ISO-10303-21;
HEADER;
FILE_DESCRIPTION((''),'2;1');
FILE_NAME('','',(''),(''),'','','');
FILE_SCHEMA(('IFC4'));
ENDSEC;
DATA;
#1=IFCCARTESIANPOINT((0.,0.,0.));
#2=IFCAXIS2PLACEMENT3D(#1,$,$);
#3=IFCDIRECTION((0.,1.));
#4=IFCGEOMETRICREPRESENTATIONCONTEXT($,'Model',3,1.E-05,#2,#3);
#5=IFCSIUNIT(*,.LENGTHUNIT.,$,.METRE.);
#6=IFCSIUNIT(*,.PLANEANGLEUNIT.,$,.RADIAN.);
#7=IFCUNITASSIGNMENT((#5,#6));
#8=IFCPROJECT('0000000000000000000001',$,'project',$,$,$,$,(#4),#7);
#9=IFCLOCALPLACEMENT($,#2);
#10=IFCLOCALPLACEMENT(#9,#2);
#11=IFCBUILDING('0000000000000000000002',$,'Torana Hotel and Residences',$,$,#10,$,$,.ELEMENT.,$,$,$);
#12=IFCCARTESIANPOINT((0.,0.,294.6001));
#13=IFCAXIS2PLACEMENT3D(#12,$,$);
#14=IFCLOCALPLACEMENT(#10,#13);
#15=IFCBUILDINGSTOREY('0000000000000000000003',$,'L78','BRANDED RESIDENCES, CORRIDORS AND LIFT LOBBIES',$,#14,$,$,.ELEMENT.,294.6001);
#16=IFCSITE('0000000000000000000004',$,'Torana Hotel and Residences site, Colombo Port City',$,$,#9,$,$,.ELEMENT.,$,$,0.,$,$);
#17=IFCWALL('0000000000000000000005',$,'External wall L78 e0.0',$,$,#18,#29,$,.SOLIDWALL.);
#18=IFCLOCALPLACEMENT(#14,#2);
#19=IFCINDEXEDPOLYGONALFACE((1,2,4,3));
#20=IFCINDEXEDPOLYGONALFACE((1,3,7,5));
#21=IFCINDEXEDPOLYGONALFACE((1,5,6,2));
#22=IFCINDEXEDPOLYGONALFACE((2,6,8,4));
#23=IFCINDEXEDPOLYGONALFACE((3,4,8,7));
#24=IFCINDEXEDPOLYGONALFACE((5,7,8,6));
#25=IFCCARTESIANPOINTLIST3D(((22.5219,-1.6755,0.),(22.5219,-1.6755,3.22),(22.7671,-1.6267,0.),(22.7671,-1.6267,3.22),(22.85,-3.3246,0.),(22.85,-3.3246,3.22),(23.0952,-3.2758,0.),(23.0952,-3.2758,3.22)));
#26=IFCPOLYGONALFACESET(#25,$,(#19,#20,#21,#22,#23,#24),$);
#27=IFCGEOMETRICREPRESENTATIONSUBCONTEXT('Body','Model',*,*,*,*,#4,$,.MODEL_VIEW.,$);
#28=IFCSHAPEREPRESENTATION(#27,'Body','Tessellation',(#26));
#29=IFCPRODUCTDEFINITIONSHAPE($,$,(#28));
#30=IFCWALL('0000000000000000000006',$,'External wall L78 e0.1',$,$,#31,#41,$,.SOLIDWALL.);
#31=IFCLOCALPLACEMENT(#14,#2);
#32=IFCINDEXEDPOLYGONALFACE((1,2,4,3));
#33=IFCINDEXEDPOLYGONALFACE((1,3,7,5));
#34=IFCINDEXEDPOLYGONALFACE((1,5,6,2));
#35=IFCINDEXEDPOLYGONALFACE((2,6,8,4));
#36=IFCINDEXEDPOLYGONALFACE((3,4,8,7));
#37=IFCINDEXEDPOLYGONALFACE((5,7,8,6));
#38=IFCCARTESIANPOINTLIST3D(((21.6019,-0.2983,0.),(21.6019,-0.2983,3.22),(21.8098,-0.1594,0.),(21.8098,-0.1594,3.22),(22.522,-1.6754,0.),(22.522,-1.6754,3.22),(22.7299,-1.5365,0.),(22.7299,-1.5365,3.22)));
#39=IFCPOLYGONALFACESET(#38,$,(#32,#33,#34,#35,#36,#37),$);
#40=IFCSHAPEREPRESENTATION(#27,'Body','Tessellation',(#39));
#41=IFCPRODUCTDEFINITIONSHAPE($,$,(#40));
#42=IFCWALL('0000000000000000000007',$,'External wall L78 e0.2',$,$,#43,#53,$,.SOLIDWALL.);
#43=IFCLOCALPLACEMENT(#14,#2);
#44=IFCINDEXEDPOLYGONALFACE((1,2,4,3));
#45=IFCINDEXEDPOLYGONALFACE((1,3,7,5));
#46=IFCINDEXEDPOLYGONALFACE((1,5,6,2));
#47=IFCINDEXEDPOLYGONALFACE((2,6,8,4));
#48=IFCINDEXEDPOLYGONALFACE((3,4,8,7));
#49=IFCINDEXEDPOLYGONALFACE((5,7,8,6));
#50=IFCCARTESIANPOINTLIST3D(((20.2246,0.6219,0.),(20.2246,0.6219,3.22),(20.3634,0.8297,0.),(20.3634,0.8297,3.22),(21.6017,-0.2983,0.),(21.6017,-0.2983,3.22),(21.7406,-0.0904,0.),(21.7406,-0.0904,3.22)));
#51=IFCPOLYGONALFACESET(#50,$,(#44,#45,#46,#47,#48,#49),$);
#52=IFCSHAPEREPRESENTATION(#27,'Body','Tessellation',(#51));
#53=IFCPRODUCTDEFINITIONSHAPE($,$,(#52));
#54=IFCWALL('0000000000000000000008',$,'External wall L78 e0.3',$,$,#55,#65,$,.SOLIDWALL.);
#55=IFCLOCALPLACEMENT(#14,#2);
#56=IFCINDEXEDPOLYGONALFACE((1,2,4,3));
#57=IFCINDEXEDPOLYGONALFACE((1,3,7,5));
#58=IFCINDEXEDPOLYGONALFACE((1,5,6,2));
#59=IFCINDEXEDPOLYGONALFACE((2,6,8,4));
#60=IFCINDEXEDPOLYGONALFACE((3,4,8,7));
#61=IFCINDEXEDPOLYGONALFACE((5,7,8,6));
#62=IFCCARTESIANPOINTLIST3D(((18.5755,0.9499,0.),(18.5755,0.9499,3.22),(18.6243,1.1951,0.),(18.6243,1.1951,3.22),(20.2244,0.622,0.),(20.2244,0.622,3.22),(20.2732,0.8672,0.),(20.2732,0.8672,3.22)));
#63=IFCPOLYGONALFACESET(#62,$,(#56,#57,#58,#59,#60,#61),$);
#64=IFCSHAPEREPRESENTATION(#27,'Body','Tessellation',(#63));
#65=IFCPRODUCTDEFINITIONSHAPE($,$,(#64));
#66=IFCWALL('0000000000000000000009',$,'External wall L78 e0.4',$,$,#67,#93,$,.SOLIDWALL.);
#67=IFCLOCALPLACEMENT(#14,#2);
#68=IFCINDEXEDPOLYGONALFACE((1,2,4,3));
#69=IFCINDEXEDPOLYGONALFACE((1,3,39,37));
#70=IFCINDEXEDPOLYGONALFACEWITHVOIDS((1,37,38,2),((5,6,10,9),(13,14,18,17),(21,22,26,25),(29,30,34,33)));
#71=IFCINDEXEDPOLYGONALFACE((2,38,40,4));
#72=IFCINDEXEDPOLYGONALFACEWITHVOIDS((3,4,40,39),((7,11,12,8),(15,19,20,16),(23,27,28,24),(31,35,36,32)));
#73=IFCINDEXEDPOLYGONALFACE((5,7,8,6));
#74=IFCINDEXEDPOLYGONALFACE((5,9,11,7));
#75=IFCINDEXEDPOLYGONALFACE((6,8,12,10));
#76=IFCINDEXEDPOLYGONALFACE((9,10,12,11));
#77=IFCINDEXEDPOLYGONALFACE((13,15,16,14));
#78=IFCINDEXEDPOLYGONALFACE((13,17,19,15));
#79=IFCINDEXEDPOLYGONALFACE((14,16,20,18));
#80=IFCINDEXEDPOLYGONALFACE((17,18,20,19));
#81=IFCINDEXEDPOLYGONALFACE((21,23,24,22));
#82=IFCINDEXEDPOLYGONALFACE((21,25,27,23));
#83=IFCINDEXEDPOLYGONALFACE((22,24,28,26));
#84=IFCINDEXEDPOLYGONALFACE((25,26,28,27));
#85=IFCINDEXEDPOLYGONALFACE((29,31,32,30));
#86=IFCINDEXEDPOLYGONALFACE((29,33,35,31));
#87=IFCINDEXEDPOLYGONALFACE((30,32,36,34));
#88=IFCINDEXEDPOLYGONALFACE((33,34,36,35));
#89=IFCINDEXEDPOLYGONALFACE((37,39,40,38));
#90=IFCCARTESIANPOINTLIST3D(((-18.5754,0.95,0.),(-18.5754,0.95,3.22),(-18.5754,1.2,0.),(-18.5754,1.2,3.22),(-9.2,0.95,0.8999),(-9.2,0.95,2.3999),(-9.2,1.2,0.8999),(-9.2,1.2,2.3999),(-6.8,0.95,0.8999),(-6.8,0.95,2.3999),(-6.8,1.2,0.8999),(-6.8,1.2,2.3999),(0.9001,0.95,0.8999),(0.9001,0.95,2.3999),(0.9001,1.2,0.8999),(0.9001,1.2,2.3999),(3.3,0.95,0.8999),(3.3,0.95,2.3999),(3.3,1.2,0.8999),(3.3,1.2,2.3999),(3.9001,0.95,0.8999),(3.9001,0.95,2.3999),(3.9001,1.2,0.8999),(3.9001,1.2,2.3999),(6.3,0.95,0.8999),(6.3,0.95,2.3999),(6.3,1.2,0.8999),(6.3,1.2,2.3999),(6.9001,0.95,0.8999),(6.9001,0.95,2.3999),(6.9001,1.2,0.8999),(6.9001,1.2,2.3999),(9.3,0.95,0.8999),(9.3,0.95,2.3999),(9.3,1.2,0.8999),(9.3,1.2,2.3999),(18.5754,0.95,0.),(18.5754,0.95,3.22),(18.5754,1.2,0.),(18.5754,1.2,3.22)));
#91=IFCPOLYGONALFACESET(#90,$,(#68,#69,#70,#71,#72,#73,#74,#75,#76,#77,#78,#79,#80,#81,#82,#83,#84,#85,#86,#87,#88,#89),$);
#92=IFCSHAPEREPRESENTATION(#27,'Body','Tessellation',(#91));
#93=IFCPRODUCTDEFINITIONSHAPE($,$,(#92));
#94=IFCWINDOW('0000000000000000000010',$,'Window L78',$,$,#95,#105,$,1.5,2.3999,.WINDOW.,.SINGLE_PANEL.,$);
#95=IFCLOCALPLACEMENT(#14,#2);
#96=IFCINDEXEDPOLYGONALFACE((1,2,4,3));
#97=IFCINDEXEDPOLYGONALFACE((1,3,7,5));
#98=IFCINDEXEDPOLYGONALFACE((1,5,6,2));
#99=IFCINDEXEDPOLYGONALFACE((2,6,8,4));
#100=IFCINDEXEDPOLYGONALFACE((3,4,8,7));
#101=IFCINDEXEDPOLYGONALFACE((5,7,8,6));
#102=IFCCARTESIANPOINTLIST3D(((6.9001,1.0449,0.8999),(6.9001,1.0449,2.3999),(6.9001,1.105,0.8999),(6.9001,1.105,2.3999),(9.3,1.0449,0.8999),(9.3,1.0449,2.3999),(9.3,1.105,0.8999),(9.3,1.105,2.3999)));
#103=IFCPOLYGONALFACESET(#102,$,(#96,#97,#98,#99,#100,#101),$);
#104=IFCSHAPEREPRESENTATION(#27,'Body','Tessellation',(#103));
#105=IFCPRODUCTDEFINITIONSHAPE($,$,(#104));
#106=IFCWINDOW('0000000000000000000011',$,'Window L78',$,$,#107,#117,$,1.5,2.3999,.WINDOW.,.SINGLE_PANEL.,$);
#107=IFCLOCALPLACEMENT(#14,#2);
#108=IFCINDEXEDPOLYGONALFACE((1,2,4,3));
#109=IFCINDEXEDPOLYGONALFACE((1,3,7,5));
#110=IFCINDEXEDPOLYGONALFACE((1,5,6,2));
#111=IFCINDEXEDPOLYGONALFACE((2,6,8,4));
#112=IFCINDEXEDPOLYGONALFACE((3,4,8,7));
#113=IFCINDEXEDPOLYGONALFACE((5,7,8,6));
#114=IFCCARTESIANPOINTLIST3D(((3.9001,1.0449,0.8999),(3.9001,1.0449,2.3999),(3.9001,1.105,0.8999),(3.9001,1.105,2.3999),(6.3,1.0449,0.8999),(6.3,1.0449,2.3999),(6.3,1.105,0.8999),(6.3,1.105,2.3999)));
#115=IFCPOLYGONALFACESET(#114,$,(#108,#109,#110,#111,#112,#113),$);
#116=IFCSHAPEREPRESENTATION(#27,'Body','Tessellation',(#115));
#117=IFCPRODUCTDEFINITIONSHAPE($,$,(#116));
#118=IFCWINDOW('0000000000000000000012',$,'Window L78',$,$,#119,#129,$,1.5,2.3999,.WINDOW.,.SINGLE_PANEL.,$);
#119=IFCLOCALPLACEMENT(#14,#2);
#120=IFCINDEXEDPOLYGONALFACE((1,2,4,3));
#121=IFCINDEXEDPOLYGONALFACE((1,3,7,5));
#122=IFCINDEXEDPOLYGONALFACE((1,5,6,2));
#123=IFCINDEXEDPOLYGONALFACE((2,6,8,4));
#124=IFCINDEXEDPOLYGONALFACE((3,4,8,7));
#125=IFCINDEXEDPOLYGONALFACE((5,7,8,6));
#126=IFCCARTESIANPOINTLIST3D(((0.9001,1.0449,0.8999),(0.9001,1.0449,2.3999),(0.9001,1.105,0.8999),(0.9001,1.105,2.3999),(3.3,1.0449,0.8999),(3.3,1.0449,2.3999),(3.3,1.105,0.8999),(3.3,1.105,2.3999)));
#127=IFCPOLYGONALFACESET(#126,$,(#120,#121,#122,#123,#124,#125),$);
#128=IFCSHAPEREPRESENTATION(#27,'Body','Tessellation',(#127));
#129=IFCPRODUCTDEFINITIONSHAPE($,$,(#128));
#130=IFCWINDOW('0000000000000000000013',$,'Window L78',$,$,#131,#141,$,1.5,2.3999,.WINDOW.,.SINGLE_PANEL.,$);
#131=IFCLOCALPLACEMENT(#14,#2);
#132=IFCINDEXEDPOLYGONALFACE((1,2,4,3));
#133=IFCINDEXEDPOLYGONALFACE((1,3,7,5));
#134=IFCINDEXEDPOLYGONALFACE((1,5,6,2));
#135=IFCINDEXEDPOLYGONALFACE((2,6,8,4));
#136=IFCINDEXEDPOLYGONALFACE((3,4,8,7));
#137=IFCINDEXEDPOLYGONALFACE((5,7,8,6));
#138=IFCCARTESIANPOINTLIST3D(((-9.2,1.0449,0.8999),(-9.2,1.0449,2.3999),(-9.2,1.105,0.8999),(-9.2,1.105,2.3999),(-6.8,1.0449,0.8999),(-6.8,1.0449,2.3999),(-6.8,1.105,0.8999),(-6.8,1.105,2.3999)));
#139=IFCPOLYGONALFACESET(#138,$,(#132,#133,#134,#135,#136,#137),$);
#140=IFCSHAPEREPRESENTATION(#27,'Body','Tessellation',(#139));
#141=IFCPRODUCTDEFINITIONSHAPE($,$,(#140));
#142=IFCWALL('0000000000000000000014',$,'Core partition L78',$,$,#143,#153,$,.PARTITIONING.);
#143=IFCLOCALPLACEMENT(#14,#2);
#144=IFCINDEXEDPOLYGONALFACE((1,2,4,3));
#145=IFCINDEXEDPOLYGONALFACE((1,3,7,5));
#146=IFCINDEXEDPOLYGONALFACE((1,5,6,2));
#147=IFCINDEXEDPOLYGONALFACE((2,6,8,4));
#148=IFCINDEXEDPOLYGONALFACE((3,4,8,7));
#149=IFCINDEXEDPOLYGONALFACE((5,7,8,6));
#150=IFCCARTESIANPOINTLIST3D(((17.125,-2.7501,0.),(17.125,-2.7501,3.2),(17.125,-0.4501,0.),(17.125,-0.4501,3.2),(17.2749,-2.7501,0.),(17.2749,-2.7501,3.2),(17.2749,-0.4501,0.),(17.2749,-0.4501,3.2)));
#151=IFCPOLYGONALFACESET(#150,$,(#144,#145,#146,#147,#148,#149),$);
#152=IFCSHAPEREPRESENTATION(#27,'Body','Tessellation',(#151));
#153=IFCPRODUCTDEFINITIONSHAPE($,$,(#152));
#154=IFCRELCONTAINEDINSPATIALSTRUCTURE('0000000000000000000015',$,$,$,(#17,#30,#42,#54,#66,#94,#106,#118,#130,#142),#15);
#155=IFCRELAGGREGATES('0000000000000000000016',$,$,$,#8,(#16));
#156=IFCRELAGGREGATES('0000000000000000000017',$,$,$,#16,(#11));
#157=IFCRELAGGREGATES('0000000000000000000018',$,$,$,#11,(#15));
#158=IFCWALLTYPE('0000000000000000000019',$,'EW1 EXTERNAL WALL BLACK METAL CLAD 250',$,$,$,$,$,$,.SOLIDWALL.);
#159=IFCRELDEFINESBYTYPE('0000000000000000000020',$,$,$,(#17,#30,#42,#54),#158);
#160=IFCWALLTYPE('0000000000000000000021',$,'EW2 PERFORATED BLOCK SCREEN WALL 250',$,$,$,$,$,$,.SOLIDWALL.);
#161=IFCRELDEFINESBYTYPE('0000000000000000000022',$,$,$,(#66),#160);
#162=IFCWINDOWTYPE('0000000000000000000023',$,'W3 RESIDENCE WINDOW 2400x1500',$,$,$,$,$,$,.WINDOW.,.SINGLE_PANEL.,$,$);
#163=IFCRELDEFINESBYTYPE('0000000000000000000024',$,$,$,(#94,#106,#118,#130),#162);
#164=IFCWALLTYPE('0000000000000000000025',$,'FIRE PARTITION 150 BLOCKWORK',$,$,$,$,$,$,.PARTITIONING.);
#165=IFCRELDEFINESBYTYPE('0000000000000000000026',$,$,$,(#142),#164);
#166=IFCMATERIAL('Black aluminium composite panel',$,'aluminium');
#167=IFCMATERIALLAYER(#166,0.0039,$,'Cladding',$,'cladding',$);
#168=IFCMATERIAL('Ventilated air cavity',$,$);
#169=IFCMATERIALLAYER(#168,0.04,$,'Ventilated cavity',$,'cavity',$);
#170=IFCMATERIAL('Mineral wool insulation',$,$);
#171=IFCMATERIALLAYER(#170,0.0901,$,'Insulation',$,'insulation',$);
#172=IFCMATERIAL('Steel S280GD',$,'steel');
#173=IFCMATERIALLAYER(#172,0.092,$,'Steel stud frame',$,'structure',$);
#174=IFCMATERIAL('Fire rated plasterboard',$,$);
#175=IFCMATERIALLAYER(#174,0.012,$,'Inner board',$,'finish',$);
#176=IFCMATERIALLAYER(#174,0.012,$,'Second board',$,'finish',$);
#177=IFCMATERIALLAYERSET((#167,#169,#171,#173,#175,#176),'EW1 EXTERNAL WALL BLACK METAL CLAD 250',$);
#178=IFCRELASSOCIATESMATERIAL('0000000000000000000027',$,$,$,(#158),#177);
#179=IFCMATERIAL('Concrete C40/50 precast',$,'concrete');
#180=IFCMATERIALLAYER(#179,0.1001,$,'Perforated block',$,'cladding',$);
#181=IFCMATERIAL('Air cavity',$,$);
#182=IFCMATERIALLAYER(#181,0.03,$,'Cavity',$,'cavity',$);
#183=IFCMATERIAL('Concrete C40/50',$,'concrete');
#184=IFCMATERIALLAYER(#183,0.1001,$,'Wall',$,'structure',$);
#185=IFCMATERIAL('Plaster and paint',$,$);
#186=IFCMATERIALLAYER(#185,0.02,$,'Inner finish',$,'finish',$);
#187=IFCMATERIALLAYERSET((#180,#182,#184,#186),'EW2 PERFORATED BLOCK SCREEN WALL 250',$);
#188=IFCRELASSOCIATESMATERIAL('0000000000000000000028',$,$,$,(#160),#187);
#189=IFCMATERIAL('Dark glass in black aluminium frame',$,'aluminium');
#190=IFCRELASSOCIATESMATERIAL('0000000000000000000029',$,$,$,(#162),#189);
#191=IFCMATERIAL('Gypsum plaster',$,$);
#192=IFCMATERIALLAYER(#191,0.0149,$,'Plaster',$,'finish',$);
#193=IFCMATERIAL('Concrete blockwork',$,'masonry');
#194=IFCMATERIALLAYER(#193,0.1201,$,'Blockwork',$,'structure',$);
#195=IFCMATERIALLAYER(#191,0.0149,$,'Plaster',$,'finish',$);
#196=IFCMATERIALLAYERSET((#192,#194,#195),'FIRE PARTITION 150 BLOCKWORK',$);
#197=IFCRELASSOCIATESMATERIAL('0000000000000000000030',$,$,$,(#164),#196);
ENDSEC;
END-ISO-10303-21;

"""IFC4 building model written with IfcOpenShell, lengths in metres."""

from ifc_helpers import new_model, si_unit, direction, frame, frame_2d, origin, place, context, subcontext, project, spatial, rectangle, extrude, material, layer, layer_set, type_object, element, fill, save


model = new_model("IFC4")

# Units and contexts
model_context = context("Model", 3, precision=1e-05, world=origin(), true_north=direction((0.0, 1.0)))
body_context = subcontext(model_context, "Body", "Model", "MODEL_VIEW")
ifc_project = project(units=[si_unit("LENGTHUNIT", "METRE"), si_unit("PLANEANGLEUNIT", "RADIAN")], contexts=[model_context])

# Site, building, storey
site_placement = place(None, origin())
site = spatial("IfcSite", under=ifc_project, at=site_placement, Name="Torana Hotel and Residences site, Colombo Port City", CompositionType="ELEMENT", RefElevation=0.0)
building_placement = place(site_placement, origin())
building = spatial("IfcBuilding", under=site, at=building_placement, Name="Torana Hotel and Residences", CompositionType="ELEMENT")
storey_placement = place(building_placement, frame((0.0, 0.0, 294.6001)))
storey = spatial("IfcBuildingStorey", under=building, at=storey_placement, Name="L78", Description="BRANDED RESIDENCES, CORRIDORS AND LIFT LOBBIES", CompositionType="ELEMENT", Elevation=294.6001)

# Walls
ifc_material_1 = material(Name="Black aluminium composite panel", Category="aluminium")
ifc_layer_1 = layer(ifc_material_1, 0.0039, Name="Cladding", Category="cladding")
ifc_material_2 = material(Name="Ventilated air cavity")
ifc_layer_2 = layer(ifc_material_2, 0.04, Name="Ventilated cavity", Category="cavity")
ifc_material_3 = material(Name="Mineral wool insulation")
ifc_layer_3 = layer(ifc_material_3, 0.0901, Name="Insulation", Category="insulation")
ifc_material_4 = material(Name="Steel S280GD", Category="steel")
ifc_layer_4 = layer(ifc_material_4, 0.092, Name="Steel stud frame", Category="structure")
ifc_material_5 = material(Name="Fire rated plasterboard")
ifc_layer_5 = layer(ifc_material_5, 0.012, Name="Inner board", Category="finish")
ifc_layer_6 = layer(ifc_material_5, 0.012, Name="Second board", Category="finish")
ifc_layer_set_1 = layer_set([ifc_layer_1, ifc_layer_2, ifc_layer_3, ifc_layer_4, ifc_layer_5, ifc_layer_6], Name="EW1 EXTERNAL WALL BLACK METAL CLAD 250")
wall_type_1 = type_object("IfcWallType", Name="EW1 EXTERNAL WALL BLACK METAL CLAD 250", PredefinedType="SOLIDWALL", material=ifc_layer_set_1)
wall_1_placement = place(storey_placement, frame((22.9727, -3.3003, 0.0), z_axis=(0.0, 0.0, 1.0), x_axis=(-0.195139, 0.980776, 0.0)))
element("IfcWall", 1, at=wall_1_placement, inside=storey, type_object=wall_type_1, Name="External wall L78 e0.0", PredefinedType="SOLIDWALL", context=body_context, shape_type="SweptSolid", body=[
    extrude(rectangle(XDim=1.6814, YDim=0.25, at=frame_2d((0.8408, 0.0))), origin(), (0.0, 0.0, 1.0), 3.22),
])
for number, where, z_axis, x_axis, name in (
    (2, (22.626, -1.606, 0.0), (0.0, 0.0, 1.0), (-0.55555, 0.831483, 0.0), "External wall L78 e0.1"),
    (3, (21.6711, -0.1943, 0.0), (0.0, 0.0, 1.0), (-0.831483, 0.55555, 0.0), "External wall L78 e0.2"),
):
    element("IfcWall", number, at=place(storey_placement, frame(where, z_axis=z_axis, x_axis=x_axis)), inside=storey, type_object=wall_type_1, Name=name, PredefinedType="SOLIDWALL", context=body_context, shape_type="SweptSolid", body=[
        extrude(rectangle(XDim=1.6562, YDim=0.25, at=frame_2d((0.8281, 0.0))), origin(), (0.0, 0.0, 1.0), 3.22),
    ])
wall_2_placement = place(storey_placement, frame((20.2488, 0.7446, 0.0), z_axis=(0.0, 0.0, 1.0), x_axis=(-0.980798, 0.195027, 0.0)))
element("IfcWall", 4, at=wall_2_placement, inside=storey, type_object=wall_type_1, Name="External wall L78 e0.3", PredefinedType="SOLIDWALL", context=body_context, shape_type="SweptSolid", body=[
    extrude(rectangle(XDim=1.6812, YDim=0.25, at=frame_2d((0.8406, 0.0))), origin(), (0.0, 0.0, 1.0), 3.22),
])

# Wall, openings, windows
ifc_material_6 = material(Name="Concrete C40/50 precast", Category="concrete")
ifc_layer_7 = layer(ifc_material_6, 0.1001, Name="Perforated block", Category="cladding")
ifc_material_7 = material(Name="Air cavity")
ifc_layer_8 = layer(ifc_material_7, 0.03, Name="Cavity", Category="cavity")
ifc_material_8 = material(Name="Concrete C40/50", Category="concrete")
ifc_layer_9 = layer(ifc_material_8, 0.1001, Name="Wall", Category="structure")
ifc_material_9 = material(Name="Plaster and paint")
ifc_layer_10 = layer(ifc_material_9, 0.02, Name="Inner finish", Category="finish")
ifc_layer_set_2 = layer_set([ifc_layer_7, ifc_layer_8, ifc_layer_9, ifc_layer_10], Name="EW2 PERFORATED BLOCK SCREEN WALL 250")
wall_type_2 = type_object("IfcWallType", Name="EW2 PERFORATED BLOCK SCREEN WALL 250", PredefinedType="SOLIDWALL", material=ifc_layer_set_2)
wall_3_placement = place(storey_placement, frame((18.5754, 1.075, 0.0), z_axis=(0.0, 0.0, 1.0), x_axis=(-1.0, 0.0, 0.0)))
wall_3 = element("IfcWall", 5, at=wall_3_placement, inside=storey, type_object=wall_type_2, Name="External wall L78 e0.4", PredefinedType="SOLIDWALL", context=body_context, shape_type="SweptSolid", body=[
    extrude(rectangle(XDim=37.1509, YDim=0.25, at=frame_2d((18.5754, 0.0))), origin(), (0.0, 0.0, 1.0), 3.22),
])
opening_1_placement = place(wall_3_placement, frame((9.2754, 0.0, 0.8999)))
opening_1 = element("IfcOpeningElement", 6, at=opening_1_placement, cuts=wall_3, PredefinedType="OPENING", context=body_context, shape_type="SweptSolid", body=[
    extrude(rectangle(XDim=2.3999, YDim=1.5, at=frame_2d((1.2, 0.75))), frame((0.0, 0.135, 0.0), z_axis=(0.0, -1.0, 0.0), x_axis=(1.0, 0.0, 0.0)), (0.0, 0.0, 1.0), 0.27),
])
opening_2_placement = place(wall_3_placement, frame((12.2754, 0.0, 0.8999)))
opening_2 = element("IfcOpeningElement", 7, at=opening_2_placement, cuts=wall_3, PredefinedType="OPENING", context=body_context, shape_type="SweptSolid", body=[
    extrude(rectangle(XDim=2.3999, YDim=1.5, at=frame_2d((1.2, 0.75))), frame((0.0, 0.135, 0.0), z_axis=(0.0, -1.0, 0.0), x_axis=(1.0, 0.0, 0.0)), (0.0, 0.0, 1.0), 0.27),
])
opening_3_placement = place(wall_3_placement, frame((15.2754, 0.0, 0.8999)))
opening_3 = element("IfcOpeningElement", 8, at=opening_3_placement, cuts=wall_3, PredefinedType="OPENING", context=body_context, shape_type="SweptSolid", body=[
    extrude(rectangle(XDim=2.3999, YDim=1.5, at=frame_2d((1.2, 0.75))), frame((0.0, 0.135, 0.0), z_axis=(0.0, -1.0, 0.0), x_axis=(1.0, 0.0, 0.0)), (0.0, 0.0, 1.0), 0.27),
])
opening_4_placement = place(wall_3_placement, frame((25.3755, 0.0, 0.8999)))
opening_4 = element("IfcOpeningElement", 9, at=opening_4_placement, cuts=wall_3, PredefinedType="OPENING", context=body_context, shape_type="SweptSolid", body=[
    extrude(rectangle(XDim=2.3999, YDim=1.5, at=frame_2d((1.2, 0.75))), frame((0.0, 0.135, 0.0), z_axis=(0.0, -1.0, 0.0), x_axis=(1.0, 0.0, 0.0)), (0.0, 0.0, 1.0), 0.27),
])
ifc_material_10 = material(Name="Dark glass in black aluminium frame", Category="aluminium")
window_type = type_object("IfcWindowType", Name="W3 RESIDENCE WINDOW 2400x1500", PartitioningType="SINGLE_PANEL", PredefinedType="WINDOW", material=ifc_material_10)
window_1_placement = place(opening_1_placement, origin())
window_1 = element("IfcWindow", 10, at=window_1_placement, inside=storey, type_object=window_type, Name="Window L78", OverallHeight=1.5, OverallWidth=2.3999, PartitioningType="SINGLE_PANEL", PredefinedType="WINDOW", context=body_context, shape_type="SweptSolid", body=[
    extrude(rectangle(XDim=2.3999, YDim=1.5, at=frame_2d((1.2, 0.75))), frame((0.0, 0.03, 0.0), z_axis=(0.0, -1.0, 0.0), x_axis=(1.0, 0.0, 0.0)), (0.0, 0.0, 1.0), 0.0601),
])
fill(opening_1, window_1)
window_2_placement = place(opening_2_placement, origin())
window_2 = element("IfcWindow", 11, at=window_2_placement, inside=storey, type_object=window_type, Name="Window L78", OverallHeight=1.5, OverallWidth=2.3999, PartitioningType="SINGLE_PANEL", PredefinedType="WINDOW", context=body_context, shape_type="SweptSolid", body=[
    extrude(rectangle(XDim=2.3999, YDim=1.5, at=frame_2d((1.2, 0.75))), frame((0.0, 0.03, 0.0), z_axis=(0.0, -1.0, 0.0), x_axis=(1.0, 0.0, 0.0)), (0.0, 0.0, 1.0), 0.0601),
])
fill(opening_2, window_2)
window_3_placement = place(opening_3_placement, origin())
window_3 = element("IfcWindow", 12, at=window_3_placement, inside=storey, type_object=window_type, Name="Window L78", OverallHeight=1.5, OverallWidth=2.3999, PartitioningType="SINGLE_PANEL", PredefinedType="WINDOW", context=body_context, shape_type="SweptSolid", body=[
    extrude(rectangle(XDim=2.3999, YDim=1.5, at=frame_2d((1.2, 0.75))), frame((0.0, 0.03, 0.0), z_axis=(0.0, -1.0, 0.0), x_axis=(1.0, 0.0, 0.0)), (0.0, 0.0, 1.0), 0.0601),
])
fill(opening_3, window_3)
window_4_placement = place(opening_4_placement, origin())
window_4 = element("IfcWindow", 13, at=window_4_placement, inside=storey, type_object=window_type, Name="Window L78", OverallHeight=1.5, OverallWidth=2.3999, PartitioningType="SINGLE_PANEL", PredefinedType="WINDOW", context=body_context, shape_type="SweptSolid", body=[
    extrude(rectangle(XDim=2.3999, YDim=1.5, at=frame_2d((1.2, 0.75))), frame((0.0, 0.03, 0.0), z_axis=(0.0, -1.0, 0.0), x_axis=(1.0, 0.0, 0.0)), (0.0, 0.0, 1.0), 0.0601),
])
fill(opening_4, window_4)

# Wall
ifc_material_11 = material(Name="Gypsum plaster")
ifc_layer_11 = layer(ifc_material_11, 0.0149, Name="Plaster", Category="finish")
ifc_material_12 = material(Name="Concrete blockwork", Category="masonry")
ifc_layer_12 = layer(ifc_material_12, 0.1201, Name="Blockwork", Category="structure")
ifc_layer_13 = layer(ifc_material_11, 0.0149, Name="Plaster", Category="finish")
ifc_layer_set_3 = layer_set([ifc_layer_11, ifc_layer_12, ifc_layer_13], Name="FIRE PARTITION 150 BLOCKWORK")
wall_type_3 = type_object("IfcWallType", Name="FIRE PARTITION 150 BLOCKWORK", PredefinedType="PARTITIONING", material=ifc_layer_set_3)
wall_4_placement = place(storey_placement, frame((17.2, -2.75, 0.0), z_axis=(0.0, 0.0, 1.0), x_axis=(0.0, 1.0, 0.0)))
element("IfcWall", 14, at=wall_4_placement, inside=storey, type_object=wall_type_3, Name="Core partition L78", PredefinedType="PARTITIONING", context=body_context, shape_type="SweptSolid", body=[
    extrude(rectangle(XDim=2.3, YDim=0.1499, at=frame_2d((1.1499, 0.0))), origin(), (0.0, 0.0, 1.0), 3.2),
])

save(model, "model.ifc")
